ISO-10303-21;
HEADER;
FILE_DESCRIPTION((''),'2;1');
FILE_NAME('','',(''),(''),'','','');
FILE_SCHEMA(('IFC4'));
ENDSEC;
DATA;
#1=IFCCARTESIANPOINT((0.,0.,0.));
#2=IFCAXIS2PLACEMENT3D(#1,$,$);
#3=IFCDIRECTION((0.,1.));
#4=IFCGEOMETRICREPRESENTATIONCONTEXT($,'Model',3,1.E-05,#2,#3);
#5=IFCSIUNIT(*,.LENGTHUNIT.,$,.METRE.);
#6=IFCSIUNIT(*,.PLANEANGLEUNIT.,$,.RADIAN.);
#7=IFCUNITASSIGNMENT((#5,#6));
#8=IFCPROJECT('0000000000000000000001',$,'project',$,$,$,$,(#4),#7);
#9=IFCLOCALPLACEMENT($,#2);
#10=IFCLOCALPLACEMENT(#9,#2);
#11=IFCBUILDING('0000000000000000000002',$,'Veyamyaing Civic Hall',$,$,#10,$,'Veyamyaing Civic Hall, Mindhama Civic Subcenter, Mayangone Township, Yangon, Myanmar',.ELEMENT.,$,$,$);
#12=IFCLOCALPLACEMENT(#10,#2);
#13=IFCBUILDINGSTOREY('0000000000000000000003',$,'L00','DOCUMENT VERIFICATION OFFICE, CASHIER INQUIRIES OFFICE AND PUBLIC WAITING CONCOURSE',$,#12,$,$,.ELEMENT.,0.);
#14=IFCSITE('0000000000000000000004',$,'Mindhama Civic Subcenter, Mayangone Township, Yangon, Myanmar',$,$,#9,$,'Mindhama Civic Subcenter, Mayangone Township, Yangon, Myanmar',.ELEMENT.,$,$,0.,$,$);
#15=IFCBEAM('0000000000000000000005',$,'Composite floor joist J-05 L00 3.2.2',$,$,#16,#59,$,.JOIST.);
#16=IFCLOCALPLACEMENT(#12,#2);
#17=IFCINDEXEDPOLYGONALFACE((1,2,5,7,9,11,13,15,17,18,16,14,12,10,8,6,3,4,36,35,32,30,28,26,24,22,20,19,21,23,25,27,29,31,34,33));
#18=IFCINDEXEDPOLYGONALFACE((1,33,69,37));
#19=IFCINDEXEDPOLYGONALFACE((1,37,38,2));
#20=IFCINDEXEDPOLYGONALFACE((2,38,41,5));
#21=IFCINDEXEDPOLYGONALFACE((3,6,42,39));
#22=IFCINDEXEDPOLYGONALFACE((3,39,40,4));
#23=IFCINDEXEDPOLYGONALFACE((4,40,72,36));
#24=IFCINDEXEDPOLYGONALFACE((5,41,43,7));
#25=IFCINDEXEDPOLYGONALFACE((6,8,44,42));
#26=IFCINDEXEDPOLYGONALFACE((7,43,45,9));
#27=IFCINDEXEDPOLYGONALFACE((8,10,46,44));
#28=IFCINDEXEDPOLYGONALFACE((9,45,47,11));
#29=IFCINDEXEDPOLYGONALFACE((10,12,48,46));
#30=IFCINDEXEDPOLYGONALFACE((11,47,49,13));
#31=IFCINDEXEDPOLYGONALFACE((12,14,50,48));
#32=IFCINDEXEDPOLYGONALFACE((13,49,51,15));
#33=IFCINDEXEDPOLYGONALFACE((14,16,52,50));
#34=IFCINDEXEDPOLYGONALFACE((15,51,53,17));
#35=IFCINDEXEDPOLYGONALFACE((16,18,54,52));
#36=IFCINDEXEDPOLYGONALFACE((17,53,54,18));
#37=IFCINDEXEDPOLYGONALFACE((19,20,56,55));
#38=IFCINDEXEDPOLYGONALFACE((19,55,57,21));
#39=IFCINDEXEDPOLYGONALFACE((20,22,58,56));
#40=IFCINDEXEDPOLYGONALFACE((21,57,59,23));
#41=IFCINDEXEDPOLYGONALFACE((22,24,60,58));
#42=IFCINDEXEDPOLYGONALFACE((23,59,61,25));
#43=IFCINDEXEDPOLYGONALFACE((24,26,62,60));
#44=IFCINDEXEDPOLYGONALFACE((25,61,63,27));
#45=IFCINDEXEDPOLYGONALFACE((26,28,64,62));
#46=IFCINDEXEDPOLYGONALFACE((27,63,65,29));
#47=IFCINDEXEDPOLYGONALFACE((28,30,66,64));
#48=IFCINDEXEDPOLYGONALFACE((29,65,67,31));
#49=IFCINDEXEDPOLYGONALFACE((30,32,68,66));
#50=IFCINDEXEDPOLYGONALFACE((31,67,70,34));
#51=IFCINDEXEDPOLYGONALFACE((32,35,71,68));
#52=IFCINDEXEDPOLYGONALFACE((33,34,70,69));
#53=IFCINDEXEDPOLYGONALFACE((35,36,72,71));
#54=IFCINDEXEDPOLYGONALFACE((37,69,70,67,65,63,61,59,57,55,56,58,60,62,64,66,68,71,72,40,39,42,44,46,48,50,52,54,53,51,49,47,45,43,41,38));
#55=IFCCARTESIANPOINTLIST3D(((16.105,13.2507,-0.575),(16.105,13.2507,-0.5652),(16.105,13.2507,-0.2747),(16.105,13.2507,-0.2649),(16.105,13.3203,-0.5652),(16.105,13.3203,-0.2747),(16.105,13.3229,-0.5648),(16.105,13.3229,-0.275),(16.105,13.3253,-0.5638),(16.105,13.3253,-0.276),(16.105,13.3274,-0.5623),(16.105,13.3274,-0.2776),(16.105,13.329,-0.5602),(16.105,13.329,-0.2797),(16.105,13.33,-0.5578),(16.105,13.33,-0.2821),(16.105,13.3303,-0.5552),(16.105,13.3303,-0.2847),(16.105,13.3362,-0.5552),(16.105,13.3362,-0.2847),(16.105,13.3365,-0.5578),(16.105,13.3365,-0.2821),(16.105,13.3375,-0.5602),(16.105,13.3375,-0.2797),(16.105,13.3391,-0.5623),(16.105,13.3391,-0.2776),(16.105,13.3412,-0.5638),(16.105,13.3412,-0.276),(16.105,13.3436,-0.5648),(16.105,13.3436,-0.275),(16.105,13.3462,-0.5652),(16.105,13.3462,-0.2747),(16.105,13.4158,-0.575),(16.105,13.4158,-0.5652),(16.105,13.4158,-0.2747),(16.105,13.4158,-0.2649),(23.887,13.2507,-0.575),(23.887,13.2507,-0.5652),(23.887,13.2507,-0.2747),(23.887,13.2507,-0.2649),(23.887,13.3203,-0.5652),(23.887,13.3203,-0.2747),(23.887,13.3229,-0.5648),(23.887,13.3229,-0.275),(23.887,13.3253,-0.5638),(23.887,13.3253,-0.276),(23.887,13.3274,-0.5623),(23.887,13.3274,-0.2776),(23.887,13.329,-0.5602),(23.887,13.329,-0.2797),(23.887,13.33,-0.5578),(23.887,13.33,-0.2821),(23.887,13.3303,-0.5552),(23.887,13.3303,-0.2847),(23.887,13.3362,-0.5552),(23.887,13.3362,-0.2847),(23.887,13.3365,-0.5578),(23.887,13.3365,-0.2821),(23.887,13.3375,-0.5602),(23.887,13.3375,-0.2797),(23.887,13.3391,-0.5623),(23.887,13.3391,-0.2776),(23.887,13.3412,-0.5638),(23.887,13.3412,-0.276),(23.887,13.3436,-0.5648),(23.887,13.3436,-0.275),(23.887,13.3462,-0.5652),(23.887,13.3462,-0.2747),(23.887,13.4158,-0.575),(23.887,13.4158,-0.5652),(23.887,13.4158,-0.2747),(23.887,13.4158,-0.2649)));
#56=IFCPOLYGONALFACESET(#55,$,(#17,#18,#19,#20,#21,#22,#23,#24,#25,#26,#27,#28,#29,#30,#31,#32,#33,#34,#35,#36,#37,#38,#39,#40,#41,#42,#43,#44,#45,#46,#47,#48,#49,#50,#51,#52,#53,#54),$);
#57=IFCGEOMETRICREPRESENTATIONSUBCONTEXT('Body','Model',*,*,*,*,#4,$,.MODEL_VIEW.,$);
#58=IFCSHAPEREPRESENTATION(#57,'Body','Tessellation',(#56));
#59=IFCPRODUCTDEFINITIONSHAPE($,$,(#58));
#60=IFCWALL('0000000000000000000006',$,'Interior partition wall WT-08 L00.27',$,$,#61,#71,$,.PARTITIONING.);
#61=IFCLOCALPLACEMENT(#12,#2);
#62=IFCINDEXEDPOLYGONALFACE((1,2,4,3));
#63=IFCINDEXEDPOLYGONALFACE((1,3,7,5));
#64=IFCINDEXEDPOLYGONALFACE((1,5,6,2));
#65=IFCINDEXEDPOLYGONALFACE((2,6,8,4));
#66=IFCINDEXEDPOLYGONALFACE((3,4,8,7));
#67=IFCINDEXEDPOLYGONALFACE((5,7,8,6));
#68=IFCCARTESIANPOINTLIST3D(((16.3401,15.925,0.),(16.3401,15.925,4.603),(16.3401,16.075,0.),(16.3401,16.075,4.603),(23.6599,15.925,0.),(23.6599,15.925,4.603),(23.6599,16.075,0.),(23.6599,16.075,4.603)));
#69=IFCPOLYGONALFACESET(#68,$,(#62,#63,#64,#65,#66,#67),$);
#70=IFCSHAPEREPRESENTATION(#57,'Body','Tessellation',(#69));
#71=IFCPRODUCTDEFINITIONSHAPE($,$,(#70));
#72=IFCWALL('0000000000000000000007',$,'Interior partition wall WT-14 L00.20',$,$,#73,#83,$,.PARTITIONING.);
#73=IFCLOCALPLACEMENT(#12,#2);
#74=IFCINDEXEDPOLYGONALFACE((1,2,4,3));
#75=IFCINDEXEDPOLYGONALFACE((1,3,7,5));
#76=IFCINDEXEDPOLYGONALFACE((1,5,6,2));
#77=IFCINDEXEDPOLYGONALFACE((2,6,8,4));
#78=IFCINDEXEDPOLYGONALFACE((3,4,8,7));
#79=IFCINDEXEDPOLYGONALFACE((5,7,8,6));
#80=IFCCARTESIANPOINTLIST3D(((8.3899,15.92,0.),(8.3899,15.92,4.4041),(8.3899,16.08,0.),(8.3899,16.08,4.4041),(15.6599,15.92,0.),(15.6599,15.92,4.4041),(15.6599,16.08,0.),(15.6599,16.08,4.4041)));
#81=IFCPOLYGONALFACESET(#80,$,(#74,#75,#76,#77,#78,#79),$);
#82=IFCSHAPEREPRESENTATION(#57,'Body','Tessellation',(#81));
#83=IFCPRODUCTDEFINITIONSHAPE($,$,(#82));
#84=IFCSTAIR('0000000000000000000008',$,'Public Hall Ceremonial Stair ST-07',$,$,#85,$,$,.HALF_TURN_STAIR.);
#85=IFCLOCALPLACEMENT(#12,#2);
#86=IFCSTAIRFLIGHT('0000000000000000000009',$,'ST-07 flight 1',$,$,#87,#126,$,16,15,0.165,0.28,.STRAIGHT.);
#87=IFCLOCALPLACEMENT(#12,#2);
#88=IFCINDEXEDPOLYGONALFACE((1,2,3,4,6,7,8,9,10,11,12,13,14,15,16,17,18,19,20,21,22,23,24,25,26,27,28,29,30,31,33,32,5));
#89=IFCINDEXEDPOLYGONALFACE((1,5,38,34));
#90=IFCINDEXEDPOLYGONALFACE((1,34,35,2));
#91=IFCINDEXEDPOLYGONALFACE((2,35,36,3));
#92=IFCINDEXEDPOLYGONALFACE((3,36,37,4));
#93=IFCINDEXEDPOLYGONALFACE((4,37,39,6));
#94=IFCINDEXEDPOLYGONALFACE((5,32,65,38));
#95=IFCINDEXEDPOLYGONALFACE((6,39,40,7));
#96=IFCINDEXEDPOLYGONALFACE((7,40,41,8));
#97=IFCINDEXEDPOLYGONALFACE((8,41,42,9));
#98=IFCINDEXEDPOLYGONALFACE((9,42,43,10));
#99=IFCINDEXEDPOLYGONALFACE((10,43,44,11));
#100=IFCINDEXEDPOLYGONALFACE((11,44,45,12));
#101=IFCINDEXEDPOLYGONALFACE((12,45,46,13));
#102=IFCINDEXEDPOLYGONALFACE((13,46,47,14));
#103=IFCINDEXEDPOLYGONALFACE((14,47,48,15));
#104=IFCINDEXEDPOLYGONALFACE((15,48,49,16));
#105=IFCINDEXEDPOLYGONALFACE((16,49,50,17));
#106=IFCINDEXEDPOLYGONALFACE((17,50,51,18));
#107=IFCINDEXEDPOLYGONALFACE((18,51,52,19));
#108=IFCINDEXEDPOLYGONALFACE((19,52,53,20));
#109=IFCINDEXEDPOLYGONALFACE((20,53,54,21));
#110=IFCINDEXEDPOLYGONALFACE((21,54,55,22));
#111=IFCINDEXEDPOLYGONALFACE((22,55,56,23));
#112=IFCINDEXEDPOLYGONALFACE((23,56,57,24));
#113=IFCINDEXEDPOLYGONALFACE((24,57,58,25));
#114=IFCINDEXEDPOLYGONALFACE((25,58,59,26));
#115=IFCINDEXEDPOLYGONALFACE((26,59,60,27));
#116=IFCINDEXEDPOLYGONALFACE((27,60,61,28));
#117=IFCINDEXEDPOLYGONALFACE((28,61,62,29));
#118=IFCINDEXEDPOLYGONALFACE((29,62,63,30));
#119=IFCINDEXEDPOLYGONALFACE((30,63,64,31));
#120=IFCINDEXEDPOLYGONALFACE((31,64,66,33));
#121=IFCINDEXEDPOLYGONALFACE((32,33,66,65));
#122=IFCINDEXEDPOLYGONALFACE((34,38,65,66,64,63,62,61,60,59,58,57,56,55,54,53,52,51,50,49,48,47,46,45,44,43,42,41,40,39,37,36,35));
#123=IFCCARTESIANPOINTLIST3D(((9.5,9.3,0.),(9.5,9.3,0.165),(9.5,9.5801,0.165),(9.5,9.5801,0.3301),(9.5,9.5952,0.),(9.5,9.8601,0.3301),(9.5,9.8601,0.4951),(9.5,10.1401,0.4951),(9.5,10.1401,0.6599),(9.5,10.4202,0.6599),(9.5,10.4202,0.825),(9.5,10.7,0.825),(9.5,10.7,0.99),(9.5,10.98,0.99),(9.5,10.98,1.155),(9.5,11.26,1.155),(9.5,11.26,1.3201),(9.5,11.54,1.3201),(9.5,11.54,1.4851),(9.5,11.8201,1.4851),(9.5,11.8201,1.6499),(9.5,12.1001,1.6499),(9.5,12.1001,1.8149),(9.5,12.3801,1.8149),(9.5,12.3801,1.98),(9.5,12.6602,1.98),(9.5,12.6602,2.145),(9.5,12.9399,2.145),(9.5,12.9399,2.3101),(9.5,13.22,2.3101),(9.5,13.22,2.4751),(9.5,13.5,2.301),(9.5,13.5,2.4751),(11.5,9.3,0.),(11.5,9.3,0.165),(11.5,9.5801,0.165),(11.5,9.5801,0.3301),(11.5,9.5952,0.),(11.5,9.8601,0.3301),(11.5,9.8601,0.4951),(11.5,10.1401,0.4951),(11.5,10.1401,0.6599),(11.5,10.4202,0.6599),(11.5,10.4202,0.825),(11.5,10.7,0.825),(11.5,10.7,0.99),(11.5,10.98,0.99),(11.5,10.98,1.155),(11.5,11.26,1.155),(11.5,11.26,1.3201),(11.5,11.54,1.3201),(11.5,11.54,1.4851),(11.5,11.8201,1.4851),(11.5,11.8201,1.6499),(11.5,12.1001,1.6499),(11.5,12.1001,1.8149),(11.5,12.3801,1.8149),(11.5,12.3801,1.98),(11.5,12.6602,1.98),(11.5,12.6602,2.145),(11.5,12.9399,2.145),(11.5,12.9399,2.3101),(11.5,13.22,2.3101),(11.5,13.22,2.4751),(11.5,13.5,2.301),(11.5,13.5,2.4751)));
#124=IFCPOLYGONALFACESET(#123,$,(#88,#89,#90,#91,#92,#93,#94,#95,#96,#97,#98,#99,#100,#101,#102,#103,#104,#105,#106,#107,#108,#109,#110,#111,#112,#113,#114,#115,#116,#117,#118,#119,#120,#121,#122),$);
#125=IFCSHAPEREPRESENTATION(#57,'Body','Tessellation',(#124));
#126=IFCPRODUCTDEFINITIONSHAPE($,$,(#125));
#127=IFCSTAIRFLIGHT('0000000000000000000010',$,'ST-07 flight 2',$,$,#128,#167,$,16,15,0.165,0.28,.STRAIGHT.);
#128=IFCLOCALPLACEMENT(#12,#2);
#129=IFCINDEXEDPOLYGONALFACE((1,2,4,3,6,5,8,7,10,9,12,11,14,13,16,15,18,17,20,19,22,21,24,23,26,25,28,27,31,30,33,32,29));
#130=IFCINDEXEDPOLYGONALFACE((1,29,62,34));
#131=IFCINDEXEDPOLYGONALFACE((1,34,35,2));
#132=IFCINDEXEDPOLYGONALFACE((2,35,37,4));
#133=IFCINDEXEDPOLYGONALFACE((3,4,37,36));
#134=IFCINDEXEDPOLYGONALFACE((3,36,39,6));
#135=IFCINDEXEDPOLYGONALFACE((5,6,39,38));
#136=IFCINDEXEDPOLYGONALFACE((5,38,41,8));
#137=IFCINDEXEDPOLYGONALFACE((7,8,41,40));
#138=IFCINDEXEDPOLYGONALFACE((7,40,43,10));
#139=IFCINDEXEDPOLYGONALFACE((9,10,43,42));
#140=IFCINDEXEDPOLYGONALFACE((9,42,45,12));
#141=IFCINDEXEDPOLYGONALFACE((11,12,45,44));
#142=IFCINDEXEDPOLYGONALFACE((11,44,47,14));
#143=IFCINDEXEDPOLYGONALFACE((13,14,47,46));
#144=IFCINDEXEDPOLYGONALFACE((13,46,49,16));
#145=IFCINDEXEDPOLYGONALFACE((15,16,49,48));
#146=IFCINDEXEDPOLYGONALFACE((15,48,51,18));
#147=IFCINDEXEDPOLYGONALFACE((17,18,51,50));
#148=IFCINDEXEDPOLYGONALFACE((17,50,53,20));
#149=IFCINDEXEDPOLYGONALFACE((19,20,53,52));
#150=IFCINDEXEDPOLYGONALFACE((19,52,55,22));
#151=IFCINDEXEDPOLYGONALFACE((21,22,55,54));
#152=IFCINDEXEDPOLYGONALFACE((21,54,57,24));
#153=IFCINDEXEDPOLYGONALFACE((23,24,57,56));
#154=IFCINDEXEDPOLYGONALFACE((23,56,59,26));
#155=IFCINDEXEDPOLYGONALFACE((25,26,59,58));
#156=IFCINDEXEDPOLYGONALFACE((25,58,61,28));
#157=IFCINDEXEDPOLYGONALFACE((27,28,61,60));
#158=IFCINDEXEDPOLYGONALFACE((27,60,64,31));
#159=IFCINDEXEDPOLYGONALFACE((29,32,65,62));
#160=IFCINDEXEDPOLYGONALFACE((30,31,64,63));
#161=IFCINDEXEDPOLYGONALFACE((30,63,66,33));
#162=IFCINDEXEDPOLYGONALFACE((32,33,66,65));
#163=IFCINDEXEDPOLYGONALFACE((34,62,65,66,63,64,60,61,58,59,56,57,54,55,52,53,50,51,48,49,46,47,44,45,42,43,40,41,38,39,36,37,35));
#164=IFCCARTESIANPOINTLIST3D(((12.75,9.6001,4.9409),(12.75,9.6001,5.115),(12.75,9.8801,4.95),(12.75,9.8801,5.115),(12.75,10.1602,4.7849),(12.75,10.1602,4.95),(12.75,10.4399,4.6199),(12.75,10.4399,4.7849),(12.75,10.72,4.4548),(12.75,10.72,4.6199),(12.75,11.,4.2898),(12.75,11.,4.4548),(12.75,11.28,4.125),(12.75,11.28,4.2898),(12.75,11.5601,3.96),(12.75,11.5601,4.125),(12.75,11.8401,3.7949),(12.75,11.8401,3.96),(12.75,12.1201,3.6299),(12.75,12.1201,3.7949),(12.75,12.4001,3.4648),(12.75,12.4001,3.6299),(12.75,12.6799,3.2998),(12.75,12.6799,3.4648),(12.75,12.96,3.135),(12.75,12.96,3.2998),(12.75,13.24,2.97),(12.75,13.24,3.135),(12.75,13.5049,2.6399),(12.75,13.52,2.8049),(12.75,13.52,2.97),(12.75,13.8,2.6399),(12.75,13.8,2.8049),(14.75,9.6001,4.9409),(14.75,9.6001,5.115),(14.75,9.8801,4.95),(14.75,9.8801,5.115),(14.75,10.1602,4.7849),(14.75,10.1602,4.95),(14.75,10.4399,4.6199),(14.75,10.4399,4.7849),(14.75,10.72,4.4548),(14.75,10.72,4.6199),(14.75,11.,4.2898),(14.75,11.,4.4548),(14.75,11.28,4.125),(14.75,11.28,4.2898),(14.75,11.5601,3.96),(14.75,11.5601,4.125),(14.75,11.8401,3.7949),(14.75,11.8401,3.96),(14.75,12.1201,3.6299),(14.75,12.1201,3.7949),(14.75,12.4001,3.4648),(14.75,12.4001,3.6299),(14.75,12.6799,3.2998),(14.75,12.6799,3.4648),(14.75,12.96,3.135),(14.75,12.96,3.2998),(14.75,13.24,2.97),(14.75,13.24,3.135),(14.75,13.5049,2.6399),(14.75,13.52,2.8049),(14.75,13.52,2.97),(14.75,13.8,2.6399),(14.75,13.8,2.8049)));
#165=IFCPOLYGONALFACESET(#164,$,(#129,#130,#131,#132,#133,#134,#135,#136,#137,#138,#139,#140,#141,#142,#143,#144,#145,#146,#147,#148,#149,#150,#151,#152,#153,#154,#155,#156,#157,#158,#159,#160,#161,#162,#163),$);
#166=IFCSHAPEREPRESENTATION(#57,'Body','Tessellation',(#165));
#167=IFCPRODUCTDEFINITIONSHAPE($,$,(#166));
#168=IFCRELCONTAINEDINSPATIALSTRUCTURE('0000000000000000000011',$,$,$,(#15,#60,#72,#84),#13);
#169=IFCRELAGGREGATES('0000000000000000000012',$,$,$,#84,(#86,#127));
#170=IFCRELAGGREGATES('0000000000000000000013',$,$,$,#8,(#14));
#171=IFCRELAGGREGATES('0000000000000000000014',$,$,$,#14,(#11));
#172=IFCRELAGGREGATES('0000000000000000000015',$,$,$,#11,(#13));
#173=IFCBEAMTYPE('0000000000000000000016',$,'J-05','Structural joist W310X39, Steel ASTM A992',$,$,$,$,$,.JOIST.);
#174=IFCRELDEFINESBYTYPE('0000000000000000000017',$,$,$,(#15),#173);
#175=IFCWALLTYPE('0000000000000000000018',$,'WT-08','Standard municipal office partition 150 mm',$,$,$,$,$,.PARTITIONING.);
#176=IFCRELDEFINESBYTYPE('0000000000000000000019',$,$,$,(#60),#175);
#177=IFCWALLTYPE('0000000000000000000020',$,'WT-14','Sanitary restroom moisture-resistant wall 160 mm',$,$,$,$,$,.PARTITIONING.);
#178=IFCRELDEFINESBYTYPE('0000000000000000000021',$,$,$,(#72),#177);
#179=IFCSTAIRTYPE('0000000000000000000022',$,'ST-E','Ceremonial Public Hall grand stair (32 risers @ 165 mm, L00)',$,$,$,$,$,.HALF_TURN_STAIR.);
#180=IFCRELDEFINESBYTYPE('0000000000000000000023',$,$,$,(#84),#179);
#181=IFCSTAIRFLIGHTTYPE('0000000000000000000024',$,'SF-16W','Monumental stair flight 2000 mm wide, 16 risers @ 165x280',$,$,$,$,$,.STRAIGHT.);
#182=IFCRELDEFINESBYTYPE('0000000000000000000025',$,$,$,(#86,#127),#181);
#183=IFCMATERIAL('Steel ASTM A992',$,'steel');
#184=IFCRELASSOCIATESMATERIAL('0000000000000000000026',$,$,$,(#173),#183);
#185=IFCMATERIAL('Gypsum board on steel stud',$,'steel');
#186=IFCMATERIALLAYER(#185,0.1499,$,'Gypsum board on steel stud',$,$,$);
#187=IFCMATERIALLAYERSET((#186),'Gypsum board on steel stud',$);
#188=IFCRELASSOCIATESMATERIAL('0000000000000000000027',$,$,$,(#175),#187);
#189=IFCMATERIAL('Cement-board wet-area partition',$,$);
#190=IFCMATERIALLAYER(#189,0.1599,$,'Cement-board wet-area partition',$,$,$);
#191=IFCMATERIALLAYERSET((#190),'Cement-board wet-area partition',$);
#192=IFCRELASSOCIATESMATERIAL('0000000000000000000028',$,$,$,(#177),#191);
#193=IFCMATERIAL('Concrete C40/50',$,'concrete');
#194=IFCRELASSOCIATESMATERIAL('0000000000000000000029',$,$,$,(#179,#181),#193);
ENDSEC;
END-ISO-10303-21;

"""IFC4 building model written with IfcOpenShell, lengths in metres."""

from ifc_helpers import new_model, si_unit, direction, frame, frame_2d, origin, origin_2d, place, context, subcontext, project, spatial, polyline, rectangle, i_section, outline, extrude, material, layer, layer_set, material_profile, profile_set, type_object, element, aggregate, save


model = new_model("IFC4")

# Units and contexts
model_context = context("Model", 3, precision=1e-05, world=origin(), true_north=direction((0.0, 1.0)))
body_context = subcontext(model_context, "Body", "Model", "MODEL_VIEW")
ifc_project = project(units=[si_unit("LENGTHUNIT", "METRE"), si_unit("PLANEANGLEUNIT", "RADIAN")], contexts=[model_context])

# Site, building, storey
site_placement = place(None, origin())
site = spatial("IfcSite", under=ifc_project, at=site_placement, Name="Mindhama Civic Subcenter, Mayangone Township, Yangon, Myanmar", LongName="Mindhama Civic Subcenter, Mayangone Township, Yangon, Myanmar", CompositionType="ELEMENT", RefElevation=0.0)
building_placement = place(site_placement, origin())
building = spatial("IfcBuilding", under=site, at=building_placement, Name="Veyamyaing Civic Hall", LongName="Veyamyaing Civic Hall, Mindhama Civic Subcenter, Mayangone Township, Yangon, Myanmar", CompositionType="ELEMENT")
storey_placement = place(building_placement, origin())
storey = spatial("IfcBuildingStorey", under=building, at=storey_placement, Name="L00", Description="DOCUMENT VERIFICATION OFFICE, CASHIER INQUIRIES OFFICE AND PUBLIC WAITING CONCOURSE", CompositionType="ELEMENT", Elevation=0.0)

# Beam
ifc_material_1 = material(Name="Steel ASTM A992", Category="steel")
ifc_material_profile_1 = material_profile(ifc_material_1, i_section(OverallWidth=0.165, OverallDepth=0.3101, WebThickness=0.0059, FlangeThickness=0.0098, FilletRadius=0.01, at=origin_2d()), Name="W310X39")
ifc_profile_set_1 = profile_set([ifc_material_profile_1], Name="Steel ASTM A992")
beam_type_1 = type_object("IfcBeamType", Name="J-05", Description="Structural joist W310X39, Steel ASTM A992", PredefinedType="JOIST", material=ifc_profile_set_1)
for number, where, z_axis, x_axis, name in (
    (1, (16.105, 13.3333, -0.4199), (1.0, 0.0, 0.0), (0.0, 1.0, 0.0), "Composite floor joist J-05 L00 3.2.2"),
):
    element("IfcBeam", number, at=place(storey_placement, frame(where, z_axis=z_axis, x_axis=x_axis)), inside=storey, type_object=beam_type_1, Name=name, PredefinedType="JOIST", context=body_context, shape_type="SweptSolid", body=[
        extrude(i_section(OverallWidth=0.165, OverallDepth=0.3101, WebThickness=0.0059, FlangeThickness=0.0098, FilletRadius=0.01, at=origin_2d()), origin(), (0.0, 0.0, 1.0), 7.782),
    ])

# Walls
ifc_material_2 = material(Name="Gypsum board on steel stud", Category="steel")
ifc_layer_1 = layer(ifc_material_2, 0.1499, Name="Gypsum board on steel stud")
ifc_layer_set_1 = layer_set([ifc_layer_1], Name="Gypsum board on steel stud")
wall_type_1 = type_object("IfcWallType", Name="WT-08", Description="Standard municipal office partition 150 mm", PredefinedType="PARTITIONING", material=ifc_layer_set_1)
wall_1_placement = place(storey_placement, frame((16.3401, 16.0, 0.0), z_axis=(0.0, 0.0, 1.0), x_axis=(1.0, 0.0, 0.0)))
element("IfcWall", 2, at=wall_1_placement, inside=storey, type_object=wall_type_1, Name="Interior partition wall WT-08 L00.27", PredefinedType="PARTITIONING", context=body_context, shape_type="SweptSolid", body=[
    extrude(rectangle(XDim=7.3198, YDim=0.1499, at=frame_2d((3.6599, 0.0))), origin(), (0.0, 0.0, 1.0), 4.603),
])
ifc_material_3 = material(Name="Cement-board wet-area partition")
ifc_layer_2 = layer(ifc_material_3, 0.1599, Name="Cement-board wet-area partition")
ifc_layer_set_2 = layer_set([ifc_layer_2], Name="Cement-board wet-area partition")
wall_type_2 = type_object("IfcWallType", Name="WT-14", Description="Sanitary restroom moisture-resistant wall 160 mm", PredefinedType="PARTITIONING", material=ifc_layer_set_2)
wall_2_placement = place(storey_placement, frame((8.3899, 16.0, 0.0), z_axis=(0.0, 0.0, 1.0), x_axis=(1.0, 0.0, 0.0)))
element("IfcWall", 3, at=wall_2_placement, inside=storey, type_object=wall_type_2, Name="Interior partition wall WT-14 L00.20", PredefinedType="PARTITIONING", context=body_context, shape_type="SweptSolid", body=[
    extrude(rectangle(XDim=7.27, YDim=0.1599, at=frame_2d((3.635, 0.0))), origin(), (0.0, 0.0, 1.0), 4.4041),
])

# Stair, stair flights
ifc_material_4 = material(Name="Concrete C40/50", Category="concrete")
stair_type = type_object("IfcStairType", Name="ST-E", Description="Ceremonial Public Hall grand stair (32 risers @ 165 mm, L00)", PredefinedType="HALF_TURN_STAIR", material=ifc_material_4)
stair_placement = place(storey_placement, origin())
stair = element("IfcStair", 4, at=stair_placement, inside=storey, type_object=stair_type, Name="Public Hall Ceremonial Stair ST-07", PredefinedType="HALF_TURN_STAIR")
stair_flight_type = type_object("IfcStairFlightType", Name="SF-16W", Description="Monumental stair flight 2000 mm wide, 16 risers @ 165x280", PredefinedType="STRAIGHT", material=ifc_material_4)
stair_flight_1_placement = place(storey_placement, frame((10.5, 9.3, 0.0), z_axis=(0.0, 0.0, 1.0), x_axis=(0.0, 1.0, 0.0)))
stair_flight_1 = element("IfcStairFlight", 5, at=stair_flight_1_placement, type_object=stair_flight_type, Name="ST-07 flight 1", NumberOfRisers=16, NumberOfTreads=15, PredefinedType="STRAIGHT", RiserHeight=0.165, TreadLength=0.28, context=body_context, shape_type="SweptSolid", body=[
    extrude(outline(polyline([(0.0, 0.0), (0.0, 0.165), (0.28, 0.165), (0.28, 0.3301), (0.5601, 0.3301), (0.5601, 0.4951), (0.8401, 0.4951), (0.8401, 0.6599), (1.1201, 0.6599), (1.1201, 0.825), (1.3999, 0.825), (1.3999, 0.99), (1.6799, 0.99), (1.6799, 1.155), (1.96, 1.155), (1.96, 1.3201), (2.24, 1.3201), (2.24, 1.4851), (2.52, 1.4851), (2.52, 1.6499), (2.8, 1.6499), (2.8, 1.8149), (3.0801, 1.8149), (3.0801, 1.98), (3.3601, 1.98), (3.3601, 2.145), (3.6399, 2.145), (3.6399, 2.3101), (3.9199, 2.3101), (3.9199, 2.4751), (4.2, 2.4751), (4.2, 2.6399), (4.2, 2.301), (0.2952, 0.0), (0.0, 0.0)])), frame((0.0, 1.0, 0.0), z_axis=(0.0, -1.0, 0.0), x_axis=(1.0, 0.0, 0.0)), (0.0, 0.0, 1.0), 2.0),
])
stair_flight_2_placement = place(storey_placement, frame((13.75, 13.8, 2.6399), z_axis=(0.0, 0.0, 1.0), x_axis=(0.0, -1.0, 0.0)))
stair_flight_2 = element("IfcStairFlight", 6, at=stair_flight_2_placement, type_object=stair_flight_type, Name="ST-07 flight 2", NumberOfRisers=16, NumberOfTreads=15, PredefinedType="STRAIGHT", RiserHeight=0.165, TreadLength=0.28, context=body_context, shape_type="SweptSolid", body=[
    extrude(outline(polyline([(0.0, 0.0), (0.0, 0.165), (0.28, 0.165), (0.28, 0.3301), (0.5601, 0.3301), (0.5601, 0.4951), (0.8401, 0.4951), (0.8401, 0.6599), (1.1201, 0.6599), (1.1201, 0.825), (1.3999, 0.825), (1.3999, 0.99), (1.6799, 0.99), (1.6799, 1.155), (1.96, 1.155), (1.96, 1.3201), (2.24, 1.3201), (2.24, 1.4851), (2.52, 1.4851), (2.52, 1.6499), (2.8, 1.6499), (2.8, 1.8149), (3.0801, 1.8149), (3.0801, 1.98), (3.3601, 1.98), (3.3601, 2.145), (3.6399, 2.145), (3.6399, 2.3101), (3.9199, 2.3101), (3.9199, 2.4751), (4.2, 2.4751), (4.2, 2.6399), (4.2, 2.301), (0.2952, 0.0), (0.0, 0.0)])), frame((0.0, 1.0, 0.0), z_axis=(0.0, -1.0, 0.0), x_axis=(1.0, 0.0, 0.0)), (0.0, 0.0, 1.0), 2.0),
])
aggregate(stair, [stair_flight_1, stair_flight_2])

save(model, "model.ifc")
